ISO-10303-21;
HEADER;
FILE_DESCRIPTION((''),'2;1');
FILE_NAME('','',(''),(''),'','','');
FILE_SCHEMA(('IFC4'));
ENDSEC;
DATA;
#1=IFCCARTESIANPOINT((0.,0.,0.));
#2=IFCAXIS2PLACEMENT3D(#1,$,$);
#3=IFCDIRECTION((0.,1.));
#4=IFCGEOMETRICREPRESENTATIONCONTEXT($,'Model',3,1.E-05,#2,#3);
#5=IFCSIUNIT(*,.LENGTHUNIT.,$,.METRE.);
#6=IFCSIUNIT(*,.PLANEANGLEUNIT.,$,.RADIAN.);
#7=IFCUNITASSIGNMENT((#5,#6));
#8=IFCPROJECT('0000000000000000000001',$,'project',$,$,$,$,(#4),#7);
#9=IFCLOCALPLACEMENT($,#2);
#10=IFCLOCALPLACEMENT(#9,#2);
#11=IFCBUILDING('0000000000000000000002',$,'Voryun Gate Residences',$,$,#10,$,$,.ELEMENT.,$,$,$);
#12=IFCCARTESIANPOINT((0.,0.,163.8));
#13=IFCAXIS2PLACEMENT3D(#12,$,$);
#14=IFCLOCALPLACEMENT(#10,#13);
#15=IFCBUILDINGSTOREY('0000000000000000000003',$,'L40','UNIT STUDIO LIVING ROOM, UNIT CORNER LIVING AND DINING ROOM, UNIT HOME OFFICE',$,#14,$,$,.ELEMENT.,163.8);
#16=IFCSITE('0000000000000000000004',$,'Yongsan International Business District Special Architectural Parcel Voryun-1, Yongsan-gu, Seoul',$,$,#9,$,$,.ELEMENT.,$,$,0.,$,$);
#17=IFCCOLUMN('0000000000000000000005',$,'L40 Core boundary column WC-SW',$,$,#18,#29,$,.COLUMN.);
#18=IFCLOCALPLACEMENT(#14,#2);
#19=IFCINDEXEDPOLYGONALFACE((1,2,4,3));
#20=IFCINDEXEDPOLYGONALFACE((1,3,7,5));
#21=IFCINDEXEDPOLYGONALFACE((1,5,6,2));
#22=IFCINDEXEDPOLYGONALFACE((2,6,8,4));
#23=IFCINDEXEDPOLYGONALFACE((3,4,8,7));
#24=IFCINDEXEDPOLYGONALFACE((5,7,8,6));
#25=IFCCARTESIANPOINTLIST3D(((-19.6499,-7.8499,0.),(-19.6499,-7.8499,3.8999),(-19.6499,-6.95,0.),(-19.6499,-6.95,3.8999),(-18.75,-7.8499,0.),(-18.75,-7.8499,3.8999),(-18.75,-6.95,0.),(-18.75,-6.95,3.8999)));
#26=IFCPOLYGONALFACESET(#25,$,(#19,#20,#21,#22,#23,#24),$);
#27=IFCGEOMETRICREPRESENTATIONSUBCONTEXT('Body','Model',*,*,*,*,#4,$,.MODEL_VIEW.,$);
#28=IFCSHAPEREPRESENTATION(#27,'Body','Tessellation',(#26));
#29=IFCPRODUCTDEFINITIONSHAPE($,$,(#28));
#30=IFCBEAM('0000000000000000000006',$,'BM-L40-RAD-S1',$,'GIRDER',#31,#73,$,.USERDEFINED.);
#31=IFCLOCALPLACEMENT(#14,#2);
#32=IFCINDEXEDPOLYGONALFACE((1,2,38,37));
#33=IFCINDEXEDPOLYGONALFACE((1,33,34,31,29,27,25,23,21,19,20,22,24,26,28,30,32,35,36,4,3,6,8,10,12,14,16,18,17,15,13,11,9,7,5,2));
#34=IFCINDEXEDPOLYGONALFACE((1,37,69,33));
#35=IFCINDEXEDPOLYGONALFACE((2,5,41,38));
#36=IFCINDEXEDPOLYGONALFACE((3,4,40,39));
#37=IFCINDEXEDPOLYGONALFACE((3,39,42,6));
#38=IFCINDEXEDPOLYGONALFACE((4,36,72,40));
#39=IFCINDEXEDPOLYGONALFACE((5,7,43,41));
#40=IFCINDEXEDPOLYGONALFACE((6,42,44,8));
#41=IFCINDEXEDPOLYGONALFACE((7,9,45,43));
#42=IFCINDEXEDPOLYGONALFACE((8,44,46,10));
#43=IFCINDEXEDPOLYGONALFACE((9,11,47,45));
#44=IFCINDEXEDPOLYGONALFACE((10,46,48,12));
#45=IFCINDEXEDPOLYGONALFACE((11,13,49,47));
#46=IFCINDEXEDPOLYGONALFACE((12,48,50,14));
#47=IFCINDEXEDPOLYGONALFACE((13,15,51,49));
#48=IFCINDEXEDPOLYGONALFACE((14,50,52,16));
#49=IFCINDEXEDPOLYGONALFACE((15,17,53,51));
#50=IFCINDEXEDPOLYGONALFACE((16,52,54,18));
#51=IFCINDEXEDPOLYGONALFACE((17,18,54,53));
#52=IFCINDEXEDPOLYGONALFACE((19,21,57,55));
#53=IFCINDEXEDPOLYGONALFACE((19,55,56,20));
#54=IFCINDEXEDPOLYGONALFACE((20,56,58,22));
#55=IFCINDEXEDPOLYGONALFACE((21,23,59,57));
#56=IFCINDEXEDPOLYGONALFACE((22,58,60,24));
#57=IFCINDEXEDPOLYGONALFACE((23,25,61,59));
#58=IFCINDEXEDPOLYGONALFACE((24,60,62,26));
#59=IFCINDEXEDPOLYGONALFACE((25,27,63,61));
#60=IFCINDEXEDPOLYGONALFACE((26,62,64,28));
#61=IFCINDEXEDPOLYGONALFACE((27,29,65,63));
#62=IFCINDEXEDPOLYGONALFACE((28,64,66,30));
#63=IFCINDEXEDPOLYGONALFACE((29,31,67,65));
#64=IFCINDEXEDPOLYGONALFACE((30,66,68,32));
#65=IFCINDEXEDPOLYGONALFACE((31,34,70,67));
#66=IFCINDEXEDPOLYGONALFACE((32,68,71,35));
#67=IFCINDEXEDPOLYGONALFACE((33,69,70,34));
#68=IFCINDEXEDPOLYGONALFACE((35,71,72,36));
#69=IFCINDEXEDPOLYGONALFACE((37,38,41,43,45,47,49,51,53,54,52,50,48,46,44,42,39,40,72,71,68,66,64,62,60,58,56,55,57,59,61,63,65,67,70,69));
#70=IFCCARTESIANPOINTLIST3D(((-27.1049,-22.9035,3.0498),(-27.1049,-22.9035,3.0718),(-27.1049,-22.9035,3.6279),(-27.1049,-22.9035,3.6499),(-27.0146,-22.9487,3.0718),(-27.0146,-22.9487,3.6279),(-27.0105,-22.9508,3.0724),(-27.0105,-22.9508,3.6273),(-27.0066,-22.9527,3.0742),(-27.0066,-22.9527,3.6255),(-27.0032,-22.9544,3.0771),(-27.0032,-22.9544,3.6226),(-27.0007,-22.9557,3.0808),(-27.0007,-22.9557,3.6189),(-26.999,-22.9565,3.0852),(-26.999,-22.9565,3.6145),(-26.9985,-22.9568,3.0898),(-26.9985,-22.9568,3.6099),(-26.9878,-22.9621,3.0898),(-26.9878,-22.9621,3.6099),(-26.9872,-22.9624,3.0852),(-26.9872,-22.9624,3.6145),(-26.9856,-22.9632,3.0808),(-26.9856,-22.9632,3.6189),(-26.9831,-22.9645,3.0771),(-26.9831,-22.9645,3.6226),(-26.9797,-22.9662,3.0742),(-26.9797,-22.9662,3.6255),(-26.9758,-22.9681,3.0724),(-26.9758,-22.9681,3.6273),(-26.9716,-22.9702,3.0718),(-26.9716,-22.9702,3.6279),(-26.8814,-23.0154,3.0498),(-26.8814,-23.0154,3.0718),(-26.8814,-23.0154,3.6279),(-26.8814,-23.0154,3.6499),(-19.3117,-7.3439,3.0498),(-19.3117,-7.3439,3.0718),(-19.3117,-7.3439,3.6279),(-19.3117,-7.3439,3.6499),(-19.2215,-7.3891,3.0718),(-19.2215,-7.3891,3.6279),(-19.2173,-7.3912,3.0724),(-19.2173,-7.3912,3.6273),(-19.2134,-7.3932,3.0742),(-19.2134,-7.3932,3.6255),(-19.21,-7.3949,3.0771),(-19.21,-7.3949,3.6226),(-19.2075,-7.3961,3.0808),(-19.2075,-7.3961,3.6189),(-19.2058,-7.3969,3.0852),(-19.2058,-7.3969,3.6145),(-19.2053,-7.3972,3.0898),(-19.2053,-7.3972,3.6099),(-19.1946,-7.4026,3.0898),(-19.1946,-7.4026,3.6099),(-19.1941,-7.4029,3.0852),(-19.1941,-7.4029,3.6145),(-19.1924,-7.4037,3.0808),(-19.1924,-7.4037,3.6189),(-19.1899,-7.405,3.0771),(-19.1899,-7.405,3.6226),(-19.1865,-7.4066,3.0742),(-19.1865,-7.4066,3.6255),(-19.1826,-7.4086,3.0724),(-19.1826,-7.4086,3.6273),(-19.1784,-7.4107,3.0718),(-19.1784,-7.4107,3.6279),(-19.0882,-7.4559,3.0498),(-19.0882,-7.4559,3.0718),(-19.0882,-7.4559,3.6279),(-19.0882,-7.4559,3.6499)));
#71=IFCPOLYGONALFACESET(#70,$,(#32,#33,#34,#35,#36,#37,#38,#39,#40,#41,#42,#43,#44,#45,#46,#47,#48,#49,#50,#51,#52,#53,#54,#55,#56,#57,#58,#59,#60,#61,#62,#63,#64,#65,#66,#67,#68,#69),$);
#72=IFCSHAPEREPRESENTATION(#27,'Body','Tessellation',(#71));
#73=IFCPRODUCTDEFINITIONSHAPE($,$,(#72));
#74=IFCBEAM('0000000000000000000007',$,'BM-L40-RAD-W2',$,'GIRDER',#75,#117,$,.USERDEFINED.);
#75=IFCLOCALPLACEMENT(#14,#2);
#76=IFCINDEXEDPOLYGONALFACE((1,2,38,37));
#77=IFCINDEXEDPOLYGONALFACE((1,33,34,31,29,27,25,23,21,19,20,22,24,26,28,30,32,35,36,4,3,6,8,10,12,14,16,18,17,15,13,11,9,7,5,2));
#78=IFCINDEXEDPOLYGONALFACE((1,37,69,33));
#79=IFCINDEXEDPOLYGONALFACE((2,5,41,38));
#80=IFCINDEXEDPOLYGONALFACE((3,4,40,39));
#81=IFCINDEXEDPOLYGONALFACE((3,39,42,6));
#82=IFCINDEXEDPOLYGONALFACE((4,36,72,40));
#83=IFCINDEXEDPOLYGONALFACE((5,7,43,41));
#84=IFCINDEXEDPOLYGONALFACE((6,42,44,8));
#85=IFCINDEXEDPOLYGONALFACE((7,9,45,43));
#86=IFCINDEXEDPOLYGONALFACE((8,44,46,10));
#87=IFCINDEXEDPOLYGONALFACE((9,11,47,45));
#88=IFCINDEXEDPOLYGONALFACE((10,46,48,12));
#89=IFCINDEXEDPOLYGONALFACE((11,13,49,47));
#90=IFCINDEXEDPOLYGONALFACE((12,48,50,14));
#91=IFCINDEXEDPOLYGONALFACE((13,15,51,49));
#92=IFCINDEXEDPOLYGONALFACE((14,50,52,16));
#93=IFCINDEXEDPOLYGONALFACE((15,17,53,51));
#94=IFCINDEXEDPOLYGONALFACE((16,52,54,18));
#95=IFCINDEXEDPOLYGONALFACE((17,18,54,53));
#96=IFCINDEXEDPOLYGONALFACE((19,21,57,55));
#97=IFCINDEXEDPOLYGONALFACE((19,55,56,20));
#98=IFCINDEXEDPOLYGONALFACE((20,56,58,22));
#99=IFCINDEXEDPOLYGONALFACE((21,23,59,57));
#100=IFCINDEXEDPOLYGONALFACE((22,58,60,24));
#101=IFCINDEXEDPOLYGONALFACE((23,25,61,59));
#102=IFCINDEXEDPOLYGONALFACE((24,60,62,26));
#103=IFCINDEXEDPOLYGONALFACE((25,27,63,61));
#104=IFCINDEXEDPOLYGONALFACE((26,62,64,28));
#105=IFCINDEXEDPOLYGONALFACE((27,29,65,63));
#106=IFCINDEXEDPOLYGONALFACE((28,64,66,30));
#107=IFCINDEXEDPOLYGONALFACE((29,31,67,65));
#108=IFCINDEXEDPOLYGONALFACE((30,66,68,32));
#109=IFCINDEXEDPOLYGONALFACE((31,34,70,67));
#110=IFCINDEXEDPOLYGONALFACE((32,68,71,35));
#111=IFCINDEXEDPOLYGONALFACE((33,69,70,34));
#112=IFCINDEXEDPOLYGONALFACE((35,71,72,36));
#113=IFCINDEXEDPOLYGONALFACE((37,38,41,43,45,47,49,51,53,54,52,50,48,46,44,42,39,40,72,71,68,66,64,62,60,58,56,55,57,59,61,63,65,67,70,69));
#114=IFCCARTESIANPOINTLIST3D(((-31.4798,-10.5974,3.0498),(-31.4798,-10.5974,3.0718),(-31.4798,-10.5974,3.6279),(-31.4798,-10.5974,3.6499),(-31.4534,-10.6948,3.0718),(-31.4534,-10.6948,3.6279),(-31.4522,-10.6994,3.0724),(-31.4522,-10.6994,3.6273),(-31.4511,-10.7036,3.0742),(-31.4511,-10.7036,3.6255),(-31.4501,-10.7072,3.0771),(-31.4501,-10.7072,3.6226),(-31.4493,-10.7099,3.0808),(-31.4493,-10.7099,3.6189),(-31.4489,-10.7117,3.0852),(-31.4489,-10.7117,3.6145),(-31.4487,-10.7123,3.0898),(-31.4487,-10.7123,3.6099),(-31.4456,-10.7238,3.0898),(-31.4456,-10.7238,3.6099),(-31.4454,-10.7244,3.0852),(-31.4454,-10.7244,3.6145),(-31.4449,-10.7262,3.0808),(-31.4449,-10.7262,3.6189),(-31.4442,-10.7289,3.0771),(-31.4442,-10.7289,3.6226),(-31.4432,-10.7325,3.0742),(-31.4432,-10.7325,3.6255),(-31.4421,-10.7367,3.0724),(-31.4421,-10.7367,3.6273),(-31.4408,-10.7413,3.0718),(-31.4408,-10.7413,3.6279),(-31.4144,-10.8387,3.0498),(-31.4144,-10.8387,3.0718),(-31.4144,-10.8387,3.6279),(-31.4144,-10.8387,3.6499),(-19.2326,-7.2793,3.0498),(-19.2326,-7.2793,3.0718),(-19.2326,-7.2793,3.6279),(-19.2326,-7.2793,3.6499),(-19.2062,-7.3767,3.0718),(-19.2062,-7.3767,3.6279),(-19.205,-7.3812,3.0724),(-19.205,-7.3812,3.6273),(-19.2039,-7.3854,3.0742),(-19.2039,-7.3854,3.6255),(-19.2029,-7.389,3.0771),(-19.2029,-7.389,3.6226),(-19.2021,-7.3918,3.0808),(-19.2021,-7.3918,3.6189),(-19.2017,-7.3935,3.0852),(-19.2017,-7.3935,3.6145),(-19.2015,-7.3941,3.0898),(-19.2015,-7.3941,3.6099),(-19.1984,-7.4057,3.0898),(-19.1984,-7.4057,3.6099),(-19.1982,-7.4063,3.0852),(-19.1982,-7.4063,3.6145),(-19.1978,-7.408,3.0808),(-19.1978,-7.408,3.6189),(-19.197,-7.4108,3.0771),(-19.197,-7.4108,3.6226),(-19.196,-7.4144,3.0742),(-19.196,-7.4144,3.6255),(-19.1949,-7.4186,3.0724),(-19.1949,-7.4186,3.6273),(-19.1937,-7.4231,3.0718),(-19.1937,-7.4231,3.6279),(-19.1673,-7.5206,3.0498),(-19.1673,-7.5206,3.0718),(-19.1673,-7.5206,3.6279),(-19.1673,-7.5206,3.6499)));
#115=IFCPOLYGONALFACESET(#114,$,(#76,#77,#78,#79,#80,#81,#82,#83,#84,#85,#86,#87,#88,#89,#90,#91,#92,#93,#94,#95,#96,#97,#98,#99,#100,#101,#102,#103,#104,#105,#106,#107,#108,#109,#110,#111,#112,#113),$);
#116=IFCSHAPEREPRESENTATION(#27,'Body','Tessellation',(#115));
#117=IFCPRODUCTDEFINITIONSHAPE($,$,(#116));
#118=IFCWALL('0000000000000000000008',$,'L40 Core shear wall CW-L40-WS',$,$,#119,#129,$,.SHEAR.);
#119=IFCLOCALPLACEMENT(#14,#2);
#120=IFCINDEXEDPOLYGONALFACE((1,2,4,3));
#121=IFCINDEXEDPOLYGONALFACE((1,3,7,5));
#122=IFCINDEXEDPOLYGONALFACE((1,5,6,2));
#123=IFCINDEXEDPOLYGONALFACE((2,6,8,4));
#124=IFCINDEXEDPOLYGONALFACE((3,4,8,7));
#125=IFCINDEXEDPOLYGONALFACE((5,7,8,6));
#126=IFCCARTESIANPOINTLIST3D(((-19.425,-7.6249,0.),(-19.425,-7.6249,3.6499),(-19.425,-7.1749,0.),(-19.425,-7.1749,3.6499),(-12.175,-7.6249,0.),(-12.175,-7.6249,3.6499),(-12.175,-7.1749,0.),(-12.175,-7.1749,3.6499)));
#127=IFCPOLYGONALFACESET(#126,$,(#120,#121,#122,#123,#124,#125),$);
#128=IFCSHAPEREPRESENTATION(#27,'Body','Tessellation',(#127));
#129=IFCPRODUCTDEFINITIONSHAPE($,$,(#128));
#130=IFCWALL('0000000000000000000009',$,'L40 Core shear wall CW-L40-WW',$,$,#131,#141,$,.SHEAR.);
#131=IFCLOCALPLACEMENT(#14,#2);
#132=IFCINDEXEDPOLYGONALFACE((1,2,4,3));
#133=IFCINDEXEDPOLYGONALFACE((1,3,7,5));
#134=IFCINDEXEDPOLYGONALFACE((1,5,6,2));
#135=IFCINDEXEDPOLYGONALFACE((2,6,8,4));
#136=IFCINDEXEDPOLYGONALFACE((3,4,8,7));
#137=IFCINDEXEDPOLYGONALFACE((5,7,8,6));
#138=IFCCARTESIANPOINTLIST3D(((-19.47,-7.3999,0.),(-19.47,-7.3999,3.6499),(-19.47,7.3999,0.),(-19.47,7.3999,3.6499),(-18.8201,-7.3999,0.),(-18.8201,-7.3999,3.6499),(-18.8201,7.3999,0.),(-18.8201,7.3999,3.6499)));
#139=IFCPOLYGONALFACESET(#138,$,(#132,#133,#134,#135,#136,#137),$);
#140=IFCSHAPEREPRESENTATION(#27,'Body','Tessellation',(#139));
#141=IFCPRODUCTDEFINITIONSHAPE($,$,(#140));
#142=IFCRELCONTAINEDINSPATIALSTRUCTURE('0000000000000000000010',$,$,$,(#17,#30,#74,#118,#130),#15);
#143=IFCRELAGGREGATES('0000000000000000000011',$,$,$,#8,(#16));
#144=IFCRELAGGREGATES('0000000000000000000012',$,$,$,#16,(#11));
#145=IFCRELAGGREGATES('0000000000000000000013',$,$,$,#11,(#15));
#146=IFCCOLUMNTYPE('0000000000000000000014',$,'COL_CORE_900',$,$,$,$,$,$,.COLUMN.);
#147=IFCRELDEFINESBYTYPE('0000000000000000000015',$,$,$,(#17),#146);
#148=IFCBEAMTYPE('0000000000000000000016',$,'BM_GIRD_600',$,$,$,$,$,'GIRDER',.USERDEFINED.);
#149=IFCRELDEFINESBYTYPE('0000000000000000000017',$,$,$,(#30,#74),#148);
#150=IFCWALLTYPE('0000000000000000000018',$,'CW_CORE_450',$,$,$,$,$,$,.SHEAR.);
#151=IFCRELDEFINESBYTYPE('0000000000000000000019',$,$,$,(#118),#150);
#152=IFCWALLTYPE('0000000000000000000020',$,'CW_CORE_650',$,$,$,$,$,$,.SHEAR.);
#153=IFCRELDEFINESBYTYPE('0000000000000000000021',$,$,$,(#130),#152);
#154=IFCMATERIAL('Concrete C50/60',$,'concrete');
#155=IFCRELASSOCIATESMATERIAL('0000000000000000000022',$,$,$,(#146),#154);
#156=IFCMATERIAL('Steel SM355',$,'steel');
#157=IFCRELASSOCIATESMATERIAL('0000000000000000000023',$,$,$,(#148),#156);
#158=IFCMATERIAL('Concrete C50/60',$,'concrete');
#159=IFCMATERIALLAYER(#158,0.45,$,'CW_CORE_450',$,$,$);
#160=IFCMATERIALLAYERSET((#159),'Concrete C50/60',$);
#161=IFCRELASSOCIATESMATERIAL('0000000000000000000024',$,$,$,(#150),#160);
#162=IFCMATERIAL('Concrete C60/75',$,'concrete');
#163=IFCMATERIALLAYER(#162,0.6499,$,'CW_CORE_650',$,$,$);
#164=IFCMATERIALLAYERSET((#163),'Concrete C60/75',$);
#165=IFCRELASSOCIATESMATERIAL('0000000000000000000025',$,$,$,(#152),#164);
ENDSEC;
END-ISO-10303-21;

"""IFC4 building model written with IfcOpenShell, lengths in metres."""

from ifc_helpers import new_model, si_unit, direction, frame, frame_2d, origin, origin_2d, place, context, subcontext, project, spatial, rectangle, i_section, extrude, material, layer, layer_set, material_profile, profile_set, type_object, element, save


model = new_model("IFC4")

# Units and contexts
model_context = context("Model", 3, precision=1e-05, world=origin(), true_north=direction((0.0, 1.0)))
body_context = subcontext(model_context, "Body", "Model", "MODEL_VIEW")
ifc_project = project(units=[si_unit("LENGTHUNIT", "METRE"), si_unit("PLANEANGLEUNIT", "RADIAN")], contexts=[model_context])

# Site, building, storey
site_placement = place(None, origin())
site = spatial("IfcSite", under=ifc_project, at=site_placement, Name="Yongsan International Business District Special Architectural Parcel Voryun-1, Yongsan-gu, Seoul", CompositionType="ELEMENT", RefElevation=0.0)
building_placement = place(site_placement, origin())
building = spatial("IfcBuilding", under=site, at=building_placement, Name="Voryun Gate Residences", CompositionType="ELEMENT")
storey_placement = place(building_placement, frame((0.0, 0.0, 163.8)))
storey = spatial("IfcBuildingStorey", under=building, at=storey_placement, Name="L40", Description="UNIT STUDIO LIVING ROOM, UNIT CORNER LIVING AND DINING ROOM, UNIT HOME OFFICE", CompositionType="ELEMENT", Elevation=163.8)

# Column
ifc_material_1 = material(Name="Concrete C50/60", Category="concrete")
ifc_material_profile_1 = material_profile(ifc_material_1, rectangle(XDim=0.8999, YDim=0.8999, at=origin_2d()), Name="RC-900x900")
ifc_profile_set_1 = profile_set([ifc_material_profile_1], Name="Concrete C50/60")
column_type = type_object("IfcColumnType", Name="COL_CORE_900", PredefinedType="COLUMN", material=ifc_profile_set_1)
column_placement = place(storey_placement, frame((-19.2, -7.3999, 0.0), z_axis=(0.0, 0.0, 1.0), x_axis=(1.0, 0.0, 0.0)))
element("IfcColumn", 1, at=column_placement, inside=storey, type_object=column_type, Name="L40 Core boundary column WC-SW", PredefinedType="COLUMN", context=body_context, shape_type="SweptSolid", body=[
    extrude(rectangle(XDim=0.8999, YDim=0.8999, at=origin_2d()), origin(), (0.0, 0.0, 1.0), 3.8999),
])

# Beams
ifc_material_2 = material(Name="Steel SM355", Category="steel")
ifc_material_profile_2 = material_profile(ifc_material_2, i_section(OverallWidth=0.25, OverallDepth=0.6001, WebThickness=0.012, FlangeThickness=0.022, FilletRadius=0.0181, at=origin_2d()), Name="H-600x250x12x22")
ifc_profile_set_2 = profile_set([ifc_material_profile_2], Name="Steel SM355")
beam_type = type_object("IfcBeamType", Name="BM_GIRD_600", ElementType="GIRDER", PredefinedType="USERDEFINED", material=ifc_profile_set_2)
beam_1_placement = place(storey_placement, frame((-19.2, -7.3999, 3.3499), z_axis=(-0.447831, -0.894118, 0.0), x_axis=(0.894118, -0.447831, 0.0)))
element("IfcBeam", 2, at=beam_1_placement, inside=storey, type_object=beam_type, Name="BM-L40-RAD-S1", ObjectType="GIRDER", PredefinedType="USERDEFINED", context=body_context, shape_type="SweptSolid", body=[
    extrude(i_section(OverallWidth=0.25, OverallDepth=0.6001, WebThickness=0.012, FlangeThickness=0.022, FilletRadius=0.0181, at=origin_2d()), origin(), (0.0, 0.0, 1.0), 17.4021),
])
beam_2_placement = place(storey_placement, frame((-19.2, -7.3999, 3.3499), z_axis=(-0.965202, -0.261504, 0.0), x_axis=(0.261504, -0.965202, 0.0)))
element("IfcBeam", 3, at=beam_2_placement, inside=storey, type_object=beam_type, Name="BM-L40-RAD-W2", ObjectType="GIRDER", PredefinedType="USERDEFINED", context=body_context, shape_type="SweptSolid", body=[
    extrude(i_section(OverallWidth=0.25, OverallDepth=0.6001, WebThickness=0.012, FlangeThickness=0.022, FilletRadius=0.0181, at=origin_2d()), origin(), (0.0, 0.0, 1.0), 12.6887),
])

# Walls
ifc_material_3 = material(Name="Concrete C50/60", Category="concrete")
ifc_layer_1 = layer(ifc_material_3, 0.45, Name="CW_CORE_450")
ifc_layer_set_1 = layer_set([ifc_layer_1], Name="Concrete C50/60")
wall_type_1 = type_object("IfcWallType", Name="CW_CORE_450", PredefinedType="SHEAR", material=ifc_layer_set_1)
wall_1_placement = place(storey_placement, frame((-19.425, -7.3999, 0.0), z_axis=(0.0, 0.0, 1.0), x_axis=(1.0, 0.0, 0.0)))
element("IfcWall", 4, at=wall_1_placement, inside=storey, type_object=wall_type_1, Name="L40 Core shear wall CW-L40-WS", PredefinedType="SHEAR", context=body_context, shape_type="SweptSolid", body=[
    extrude(rectangle(XDim=7.25, YDim=0.45, at=frame_2d((3.625, 0.0))), origin(), (0.0, 0.0, 1.0), 3.6499),
])
ifc_material_4 = material(Name="Concrete C60/75", Category="concrete")
ifc_layer_2 = layer(ifc_material_4, 0.6499, Name="CW_CORE_650")
ifc_layer_set_2 = layer_set([ifc_layer_2], Name="Concrete C60/75")
wall_type_2 = type_object("IfcWallType", Name="CW_CORE_650", PredefinedType="SHEAR", material=ifc_layer_set_2)
wall_2_placement = place(storey_placement, frame((-19.145, -7.3999, 0.0), z_axis=(0.0, 0.0, 1.0), x_axis=(0.0, 1.0, 0.0)))
element("IfcWall", 5, at=wall_2_placement, inside=storey, type_object=wall_type_2, Name="L40 Core shear wall CW-L40-WW", PredefinedType="SHEAR", context=body_context, shape_type="SweptSolid", body=[
    extrude(rectangle(XDim=14.7998, YDim=0.6499, at=frame_2d((7.3999, 0.0))), origin(), (0.0, 0.0, 1.0), 3.6499),
])

save(model, "model.ifc")
